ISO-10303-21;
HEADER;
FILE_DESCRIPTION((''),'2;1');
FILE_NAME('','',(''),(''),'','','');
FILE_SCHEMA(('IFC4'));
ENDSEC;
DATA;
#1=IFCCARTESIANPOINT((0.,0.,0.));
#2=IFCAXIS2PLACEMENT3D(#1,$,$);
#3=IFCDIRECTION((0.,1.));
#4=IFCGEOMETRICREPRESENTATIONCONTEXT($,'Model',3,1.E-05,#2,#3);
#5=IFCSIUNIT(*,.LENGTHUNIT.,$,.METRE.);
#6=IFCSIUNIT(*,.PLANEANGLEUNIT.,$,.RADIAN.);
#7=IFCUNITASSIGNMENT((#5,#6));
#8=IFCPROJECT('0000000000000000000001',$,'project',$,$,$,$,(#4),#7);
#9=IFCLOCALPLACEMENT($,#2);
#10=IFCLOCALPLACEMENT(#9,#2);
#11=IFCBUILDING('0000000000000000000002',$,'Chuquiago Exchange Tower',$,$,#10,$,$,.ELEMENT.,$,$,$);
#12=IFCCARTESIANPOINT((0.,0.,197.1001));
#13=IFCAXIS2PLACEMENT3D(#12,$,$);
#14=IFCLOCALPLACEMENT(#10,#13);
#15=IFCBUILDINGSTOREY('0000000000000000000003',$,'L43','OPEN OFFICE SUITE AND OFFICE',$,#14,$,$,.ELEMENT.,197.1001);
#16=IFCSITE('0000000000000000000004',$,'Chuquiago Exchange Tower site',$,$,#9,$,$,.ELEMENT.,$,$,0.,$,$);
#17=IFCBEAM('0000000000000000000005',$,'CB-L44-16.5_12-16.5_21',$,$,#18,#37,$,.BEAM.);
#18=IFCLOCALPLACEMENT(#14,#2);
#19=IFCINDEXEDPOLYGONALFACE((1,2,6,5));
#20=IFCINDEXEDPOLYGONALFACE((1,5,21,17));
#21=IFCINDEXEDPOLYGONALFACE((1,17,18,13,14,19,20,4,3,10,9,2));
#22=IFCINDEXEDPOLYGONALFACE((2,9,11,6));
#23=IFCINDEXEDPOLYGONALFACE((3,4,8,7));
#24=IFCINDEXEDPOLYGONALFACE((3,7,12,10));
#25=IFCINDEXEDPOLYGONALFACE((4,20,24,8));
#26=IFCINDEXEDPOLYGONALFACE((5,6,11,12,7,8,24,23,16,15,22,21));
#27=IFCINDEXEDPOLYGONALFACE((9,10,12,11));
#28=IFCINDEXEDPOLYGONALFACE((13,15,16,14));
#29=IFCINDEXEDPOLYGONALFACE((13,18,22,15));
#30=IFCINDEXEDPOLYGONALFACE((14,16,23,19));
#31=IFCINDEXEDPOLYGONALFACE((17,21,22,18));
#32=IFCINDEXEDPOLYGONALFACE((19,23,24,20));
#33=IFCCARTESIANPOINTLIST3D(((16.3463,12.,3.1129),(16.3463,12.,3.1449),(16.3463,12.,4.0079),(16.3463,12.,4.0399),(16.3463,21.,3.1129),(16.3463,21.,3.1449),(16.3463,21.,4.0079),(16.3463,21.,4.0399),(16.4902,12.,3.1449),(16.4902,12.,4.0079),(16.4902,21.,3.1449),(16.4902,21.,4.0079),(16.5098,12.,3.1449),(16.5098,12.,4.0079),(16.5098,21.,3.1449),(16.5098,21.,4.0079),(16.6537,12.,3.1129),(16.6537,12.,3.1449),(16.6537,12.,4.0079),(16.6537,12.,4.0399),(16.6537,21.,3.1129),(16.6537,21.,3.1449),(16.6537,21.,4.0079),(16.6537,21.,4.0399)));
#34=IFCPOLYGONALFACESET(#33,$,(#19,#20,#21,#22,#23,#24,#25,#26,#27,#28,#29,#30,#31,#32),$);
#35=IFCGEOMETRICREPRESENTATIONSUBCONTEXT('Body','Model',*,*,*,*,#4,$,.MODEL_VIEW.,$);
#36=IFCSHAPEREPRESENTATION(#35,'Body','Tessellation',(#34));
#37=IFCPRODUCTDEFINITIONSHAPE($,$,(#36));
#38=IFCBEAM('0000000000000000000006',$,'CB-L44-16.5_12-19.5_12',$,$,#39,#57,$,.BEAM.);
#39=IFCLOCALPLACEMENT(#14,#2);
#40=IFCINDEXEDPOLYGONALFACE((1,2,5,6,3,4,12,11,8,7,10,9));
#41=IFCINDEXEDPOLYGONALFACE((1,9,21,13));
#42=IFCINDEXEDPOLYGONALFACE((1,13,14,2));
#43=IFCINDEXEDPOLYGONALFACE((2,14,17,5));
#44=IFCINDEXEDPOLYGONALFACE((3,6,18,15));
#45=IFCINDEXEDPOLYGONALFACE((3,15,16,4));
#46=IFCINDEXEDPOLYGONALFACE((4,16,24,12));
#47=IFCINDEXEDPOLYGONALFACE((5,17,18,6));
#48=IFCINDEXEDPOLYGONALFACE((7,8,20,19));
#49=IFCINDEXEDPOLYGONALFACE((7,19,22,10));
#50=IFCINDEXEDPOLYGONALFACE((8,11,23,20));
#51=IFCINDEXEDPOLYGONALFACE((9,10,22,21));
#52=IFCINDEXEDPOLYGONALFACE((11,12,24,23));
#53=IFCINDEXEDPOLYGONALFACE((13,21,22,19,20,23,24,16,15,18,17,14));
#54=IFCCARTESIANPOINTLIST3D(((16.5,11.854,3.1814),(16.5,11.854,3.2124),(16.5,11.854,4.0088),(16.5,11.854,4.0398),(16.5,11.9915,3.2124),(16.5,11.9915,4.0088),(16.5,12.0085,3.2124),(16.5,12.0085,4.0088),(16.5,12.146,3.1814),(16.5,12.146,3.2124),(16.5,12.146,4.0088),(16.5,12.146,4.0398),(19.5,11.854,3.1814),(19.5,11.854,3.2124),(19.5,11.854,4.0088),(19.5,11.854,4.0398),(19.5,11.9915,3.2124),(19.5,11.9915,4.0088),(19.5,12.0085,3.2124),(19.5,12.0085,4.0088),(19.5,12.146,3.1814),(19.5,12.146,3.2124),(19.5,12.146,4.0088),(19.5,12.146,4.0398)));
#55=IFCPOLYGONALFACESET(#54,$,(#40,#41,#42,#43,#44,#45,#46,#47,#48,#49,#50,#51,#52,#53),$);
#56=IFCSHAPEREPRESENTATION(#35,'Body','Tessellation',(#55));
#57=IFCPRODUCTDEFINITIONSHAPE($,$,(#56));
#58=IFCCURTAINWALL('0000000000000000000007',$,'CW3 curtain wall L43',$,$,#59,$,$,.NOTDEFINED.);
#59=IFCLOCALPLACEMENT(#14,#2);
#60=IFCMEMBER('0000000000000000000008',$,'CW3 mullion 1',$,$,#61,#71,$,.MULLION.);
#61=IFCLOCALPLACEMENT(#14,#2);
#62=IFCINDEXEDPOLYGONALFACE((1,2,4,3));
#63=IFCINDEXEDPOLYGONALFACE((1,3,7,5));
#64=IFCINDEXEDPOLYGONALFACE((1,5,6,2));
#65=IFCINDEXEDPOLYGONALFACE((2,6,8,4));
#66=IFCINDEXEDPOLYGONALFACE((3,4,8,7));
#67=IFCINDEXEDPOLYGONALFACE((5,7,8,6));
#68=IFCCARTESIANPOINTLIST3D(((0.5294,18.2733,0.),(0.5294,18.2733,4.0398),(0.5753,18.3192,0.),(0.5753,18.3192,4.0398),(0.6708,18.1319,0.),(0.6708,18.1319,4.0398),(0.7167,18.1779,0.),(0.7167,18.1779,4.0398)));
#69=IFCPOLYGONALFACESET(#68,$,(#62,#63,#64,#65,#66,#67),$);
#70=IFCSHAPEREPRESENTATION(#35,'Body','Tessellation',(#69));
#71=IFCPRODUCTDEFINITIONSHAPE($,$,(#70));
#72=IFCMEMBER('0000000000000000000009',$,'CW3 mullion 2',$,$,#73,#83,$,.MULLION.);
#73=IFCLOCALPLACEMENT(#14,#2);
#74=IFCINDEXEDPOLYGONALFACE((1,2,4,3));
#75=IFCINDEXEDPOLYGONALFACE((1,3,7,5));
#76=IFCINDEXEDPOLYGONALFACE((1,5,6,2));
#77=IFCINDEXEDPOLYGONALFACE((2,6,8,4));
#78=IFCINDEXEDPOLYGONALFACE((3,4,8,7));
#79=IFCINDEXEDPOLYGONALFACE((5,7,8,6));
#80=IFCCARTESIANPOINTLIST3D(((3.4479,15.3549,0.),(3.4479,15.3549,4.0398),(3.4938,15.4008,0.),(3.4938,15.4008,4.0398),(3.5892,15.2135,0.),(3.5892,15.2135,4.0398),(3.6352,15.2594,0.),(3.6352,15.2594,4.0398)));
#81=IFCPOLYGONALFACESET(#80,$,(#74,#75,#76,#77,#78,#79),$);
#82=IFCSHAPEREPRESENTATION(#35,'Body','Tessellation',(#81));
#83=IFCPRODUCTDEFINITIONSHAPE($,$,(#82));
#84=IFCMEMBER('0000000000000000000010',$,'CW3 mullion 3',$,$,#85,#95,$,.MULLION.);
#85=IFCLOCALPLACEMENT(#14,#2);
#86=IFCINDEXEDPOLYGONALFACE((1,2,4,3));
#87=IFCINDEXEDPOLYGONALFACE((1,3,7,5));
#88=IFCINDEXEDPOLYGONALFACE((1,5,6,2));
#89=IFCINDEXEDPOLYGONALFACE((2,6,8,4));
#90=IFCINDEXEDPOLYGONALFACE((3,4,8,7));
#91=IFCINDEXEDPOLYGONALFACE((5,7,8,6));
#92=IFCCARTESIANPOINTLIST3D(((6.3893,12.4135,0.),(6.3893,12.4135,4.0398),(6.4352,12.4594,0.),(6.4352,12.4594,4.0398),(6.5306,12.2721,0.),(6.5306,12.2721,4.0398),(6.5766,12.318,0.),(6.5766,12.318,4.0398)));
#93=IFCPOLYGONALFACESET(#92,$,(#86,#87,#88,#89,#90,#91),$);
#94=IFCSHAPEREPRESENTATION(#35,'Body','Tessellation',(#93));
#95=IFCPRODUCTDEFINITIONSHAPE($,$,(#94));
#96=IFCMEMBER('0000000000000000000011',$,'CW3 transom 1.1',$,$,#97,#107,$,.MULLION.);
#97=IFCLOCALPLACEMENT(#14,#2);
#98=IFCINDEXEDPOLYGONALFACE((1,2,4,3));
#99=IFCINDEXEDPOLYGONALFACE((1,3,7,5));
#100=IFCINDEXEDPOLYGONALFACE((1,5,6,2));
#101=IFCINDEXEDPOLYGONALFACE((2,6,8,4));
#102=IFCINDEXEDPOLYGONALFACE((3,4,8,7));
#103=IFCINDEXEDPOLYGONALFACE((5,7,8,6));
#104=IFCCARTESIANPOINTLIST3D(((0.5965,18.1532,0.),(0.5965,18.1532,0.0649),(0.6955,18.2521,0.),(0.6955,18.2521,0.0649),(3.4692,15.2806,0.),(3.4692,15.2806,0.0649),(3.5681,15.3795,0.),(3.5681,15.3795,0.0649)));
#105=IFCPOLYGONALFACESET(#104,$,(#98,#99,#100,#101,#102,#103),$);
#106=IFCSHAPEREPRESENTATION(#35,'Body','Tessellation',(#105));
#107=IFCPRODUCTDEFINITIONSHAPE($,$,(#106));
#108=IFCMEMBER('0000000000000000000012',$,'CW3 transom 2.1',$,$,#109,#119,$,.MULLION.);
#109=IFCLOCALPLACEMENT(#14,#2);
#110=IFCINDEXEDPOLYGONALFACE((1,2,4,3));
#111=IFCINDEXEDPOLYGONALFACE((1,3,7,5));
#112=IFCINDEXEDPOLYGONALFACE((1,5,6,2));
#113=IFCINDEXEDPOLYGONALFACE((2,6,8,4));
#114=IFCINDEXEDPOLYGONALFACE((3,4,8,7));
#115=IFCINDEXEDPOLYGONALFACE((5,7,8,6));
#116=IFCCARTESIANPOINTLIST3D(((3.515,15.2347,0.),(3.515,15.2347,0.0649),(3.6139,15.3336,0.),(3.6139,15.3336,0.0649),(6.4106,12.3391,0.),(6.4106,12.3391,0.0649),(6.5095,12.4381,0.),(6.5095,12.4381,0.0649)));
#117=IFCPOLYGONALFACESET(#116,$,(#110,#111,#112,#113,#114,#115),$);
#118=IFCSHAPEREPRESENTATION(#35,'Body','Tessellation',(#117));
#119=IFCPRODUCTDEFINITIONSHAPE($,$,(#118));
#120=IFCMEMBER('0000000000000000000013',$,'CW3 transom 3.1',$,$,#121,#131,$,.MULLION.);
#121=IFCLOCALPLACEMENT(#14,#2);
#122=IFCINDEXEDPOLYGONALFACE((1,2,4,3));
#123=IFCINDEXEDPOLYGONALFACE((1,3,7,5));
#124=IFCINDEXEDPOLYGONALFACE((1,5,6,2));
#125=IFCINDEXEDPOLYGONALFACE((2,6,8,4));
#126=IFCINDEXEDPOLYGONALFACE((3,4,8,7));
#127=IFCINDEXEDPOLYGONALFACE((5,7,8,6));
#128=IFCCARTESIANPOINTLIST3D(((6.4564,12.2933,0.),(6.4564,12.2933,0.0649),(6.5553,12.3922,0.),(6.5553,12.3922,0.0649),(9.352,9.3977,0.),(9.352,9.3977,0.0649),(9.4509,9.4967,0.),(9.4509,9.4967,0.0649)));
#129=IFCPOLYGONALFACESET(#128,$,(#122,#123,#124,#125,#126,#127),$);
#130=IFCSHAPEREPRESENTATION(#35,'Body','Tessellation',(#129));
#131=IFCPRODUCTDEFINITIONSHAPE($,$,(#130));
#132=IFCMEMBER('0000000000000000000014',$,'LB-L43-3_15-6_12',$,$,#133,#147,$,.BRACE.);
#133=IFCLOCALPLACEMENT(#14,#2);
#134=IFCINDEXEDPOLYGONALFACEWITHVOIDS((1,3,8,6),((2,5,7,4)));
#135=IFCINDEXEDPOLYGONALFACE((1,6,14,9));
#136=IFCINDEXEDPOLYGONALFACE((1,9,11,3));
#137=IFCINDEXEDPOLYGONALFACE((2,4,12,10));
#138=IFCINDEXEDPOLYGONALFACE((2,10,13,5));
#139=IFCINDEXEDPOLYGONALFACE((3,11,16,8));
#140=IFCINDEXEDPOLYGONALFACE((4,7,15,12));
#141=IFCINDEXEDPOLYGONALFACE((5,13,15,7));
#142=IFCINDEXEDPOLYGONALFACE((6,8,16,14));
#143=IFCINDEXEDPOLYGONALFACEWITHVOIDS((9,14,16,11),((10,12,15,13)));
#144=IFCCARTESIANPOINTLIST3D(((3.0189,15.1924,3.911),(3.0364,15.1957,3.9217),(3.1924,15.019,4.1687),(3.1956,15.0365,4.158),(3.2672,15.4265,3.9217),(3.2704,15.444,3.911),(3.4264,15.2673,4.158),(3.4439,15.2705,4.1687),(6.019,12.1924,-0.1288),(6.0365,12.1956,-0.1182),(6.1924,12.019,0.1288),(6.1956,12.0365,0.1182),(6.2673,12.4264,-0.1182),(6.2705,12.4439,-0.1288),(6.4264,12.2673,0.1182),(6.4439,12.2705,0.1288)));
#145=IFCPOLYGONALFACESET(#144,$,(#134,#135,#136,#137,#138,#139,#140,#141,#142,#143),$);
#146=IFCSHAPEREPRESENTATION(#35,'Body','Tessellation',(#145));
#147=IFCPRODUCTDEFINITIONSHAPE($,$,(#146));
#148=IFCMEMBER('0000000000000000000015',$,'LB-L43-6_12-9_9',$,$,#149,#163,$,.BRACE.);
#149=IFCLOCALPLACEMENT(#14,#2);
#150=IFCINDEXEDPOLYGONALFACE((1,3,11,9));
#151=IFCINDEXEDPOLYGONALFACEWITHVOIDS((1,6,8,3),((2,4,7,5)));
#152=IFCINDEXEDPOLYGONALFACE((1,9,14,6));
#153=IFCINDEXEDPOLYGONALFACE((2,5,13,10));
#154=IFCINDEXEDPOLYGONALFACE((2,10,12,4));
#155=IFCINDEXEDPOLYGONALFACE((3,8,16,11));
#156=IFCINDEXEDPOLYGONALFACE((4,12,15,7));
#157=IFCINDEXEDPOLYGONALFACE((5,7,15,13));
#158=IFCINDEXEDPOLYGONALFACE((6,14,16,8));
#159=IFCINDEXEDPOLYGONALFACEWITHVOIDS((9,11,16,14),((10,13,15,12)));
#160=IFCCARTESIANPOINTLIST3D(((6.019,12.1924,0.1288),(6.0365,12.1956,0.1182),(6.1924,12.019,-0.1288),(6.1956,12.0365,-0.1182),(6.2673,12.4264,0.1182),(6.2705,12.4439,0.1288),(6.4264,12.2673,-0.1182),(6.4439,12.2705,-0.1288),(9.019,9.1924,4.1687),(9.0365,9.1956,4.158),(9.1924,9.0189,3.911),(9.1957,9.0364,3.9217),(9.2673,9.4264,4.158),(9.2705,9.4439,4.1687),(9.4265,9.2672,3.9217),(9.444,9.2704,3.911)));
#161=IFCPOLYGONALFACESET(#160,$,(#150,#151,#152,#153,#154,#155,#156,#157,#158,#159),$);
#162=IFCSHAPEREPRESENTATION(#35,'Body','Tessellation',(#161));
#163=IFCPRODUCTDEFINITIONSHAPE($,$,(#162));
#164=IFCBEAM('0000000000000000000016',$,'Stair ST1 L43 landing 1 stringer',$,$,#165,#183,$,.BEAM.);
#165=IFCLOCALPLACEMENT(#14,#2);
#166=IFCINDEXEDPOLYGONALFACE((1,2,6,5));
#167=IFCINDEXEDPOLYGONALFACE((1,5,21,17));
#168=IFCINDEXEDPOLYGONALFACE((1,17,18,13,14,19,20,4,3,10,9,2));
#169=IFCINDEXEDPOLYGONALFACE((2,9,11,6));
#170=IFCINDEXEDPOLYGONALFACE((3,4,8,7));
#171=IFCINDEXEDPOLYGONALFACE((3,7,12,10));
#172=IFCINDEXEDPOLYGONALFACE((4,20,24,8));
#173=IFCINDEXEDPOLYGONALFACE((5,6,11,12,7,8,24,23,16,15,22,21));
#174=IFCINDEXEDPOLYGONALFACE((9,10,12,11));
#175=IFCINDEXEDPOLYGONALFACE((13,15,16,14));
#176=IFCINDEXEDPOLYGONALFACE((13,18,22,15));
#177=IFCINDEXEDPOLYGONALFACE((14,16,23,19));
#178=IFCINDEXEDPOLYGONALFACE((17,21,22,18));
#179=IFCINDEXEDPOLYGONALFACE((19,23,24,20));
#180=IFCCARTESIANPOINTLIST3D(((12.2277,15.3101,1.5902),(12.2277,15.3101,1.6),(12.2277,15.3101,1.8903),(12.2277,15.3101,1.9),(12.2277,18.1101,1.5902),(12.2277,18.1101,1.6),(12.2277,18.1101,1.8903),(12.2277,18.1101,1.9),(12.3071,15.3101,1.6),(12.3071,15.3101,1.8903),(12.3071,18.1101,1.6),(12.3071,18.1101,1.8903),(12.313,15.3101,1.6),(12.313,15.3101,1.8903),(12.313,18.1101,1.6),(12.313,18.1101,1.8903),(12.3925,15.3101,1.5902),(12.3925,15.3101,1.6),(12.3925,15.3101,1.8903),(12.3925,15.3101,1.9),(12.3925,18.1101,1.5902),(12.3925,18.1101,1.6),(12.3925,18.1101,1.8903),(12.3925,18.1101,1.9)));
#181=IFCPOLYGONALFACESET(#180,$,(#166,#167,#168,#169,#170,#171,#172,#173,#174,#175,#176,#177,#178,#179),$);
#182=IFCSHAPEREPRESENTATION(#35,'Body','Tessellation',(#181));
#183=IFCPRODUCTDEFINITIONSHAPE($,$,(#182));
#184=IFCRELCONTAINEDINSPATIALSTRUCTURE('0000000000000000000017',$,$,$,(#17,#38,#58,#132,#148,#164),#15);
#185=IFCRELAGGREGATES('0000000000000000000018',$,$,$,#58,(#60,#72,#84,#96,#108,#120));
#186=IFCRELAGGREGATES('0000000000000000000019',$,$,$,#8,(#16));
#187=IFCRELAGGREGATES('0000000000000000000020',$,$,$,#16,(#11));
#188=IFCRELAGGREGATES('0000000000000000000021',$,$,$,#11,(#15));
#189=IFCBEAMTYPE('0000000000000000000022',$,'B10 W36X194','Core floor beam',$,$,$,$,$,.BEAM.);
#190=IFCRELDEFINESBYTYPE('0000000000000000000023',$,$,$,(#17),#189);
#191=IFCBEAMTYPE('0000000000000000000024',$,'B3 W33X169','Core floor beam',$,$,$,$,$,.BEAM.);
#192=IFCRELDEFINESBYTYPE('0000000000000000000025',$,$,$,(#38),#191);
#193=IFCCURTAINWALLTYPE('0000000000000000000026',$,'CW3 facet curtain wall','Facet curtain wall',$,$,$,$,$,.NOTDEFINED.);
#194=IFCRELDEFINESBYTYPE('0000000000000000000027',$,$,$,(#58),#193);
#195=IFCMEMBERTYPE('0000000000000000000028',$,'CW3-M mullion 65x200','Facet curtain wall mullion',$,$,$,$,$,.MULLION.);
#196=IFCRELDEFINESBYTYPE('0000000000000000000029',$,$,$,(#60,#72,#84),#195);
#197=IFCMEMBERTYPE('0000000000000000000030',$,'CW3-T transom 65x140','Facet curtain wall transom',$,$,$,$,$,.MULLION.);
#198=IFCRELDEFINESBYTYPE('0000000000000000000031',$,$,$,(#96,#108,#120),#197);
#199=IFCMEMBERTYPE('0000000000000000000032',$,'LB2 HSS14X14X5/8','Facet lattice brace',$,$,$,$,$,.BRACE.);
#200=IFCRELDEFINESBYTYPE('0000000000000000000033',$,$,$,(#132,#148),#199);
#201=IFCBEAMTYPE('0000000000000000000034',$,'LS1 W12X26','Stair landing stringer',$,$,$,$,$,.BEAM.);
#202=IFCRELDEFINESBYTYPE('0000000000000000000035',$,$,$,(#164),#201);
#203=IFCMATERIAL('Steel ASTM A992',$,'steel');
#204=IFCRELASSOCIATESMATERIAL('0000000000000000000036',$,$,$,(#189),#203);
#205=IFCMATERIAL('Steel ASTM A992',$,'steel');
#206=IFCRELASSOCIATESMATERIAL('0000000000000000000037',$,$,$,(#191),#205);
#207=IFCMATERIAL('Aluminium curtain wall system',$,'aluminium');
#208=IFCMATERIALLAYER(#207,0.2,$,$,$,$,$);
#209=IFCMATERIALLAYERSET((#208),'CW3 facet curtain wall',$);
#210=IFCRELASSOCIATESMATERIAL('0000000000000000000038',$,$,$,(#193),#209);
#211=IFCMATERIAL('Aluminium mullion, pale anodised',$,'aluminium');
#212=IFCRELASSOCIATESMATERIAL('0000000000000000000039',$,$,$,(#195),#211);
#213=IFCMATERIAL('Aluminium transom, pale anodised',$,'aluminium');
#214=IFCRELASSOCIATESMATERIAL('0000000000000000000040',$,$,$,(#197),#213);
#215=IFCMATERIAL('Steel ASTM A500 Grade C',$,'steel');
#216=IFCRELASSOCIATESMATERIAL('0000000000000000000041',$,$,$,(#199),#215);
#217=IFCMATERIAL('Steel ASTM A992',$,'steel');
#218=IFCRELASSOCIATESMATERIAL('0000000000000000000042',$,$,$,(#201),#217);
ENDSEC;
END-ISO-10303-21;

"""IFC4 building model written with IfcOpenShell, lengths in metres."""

from ifc_helpers import new_model, si_unit, direction, frame, origin, origin_2d, place, context, subcontext, project, spatial, rectangle, hollow_rectangle, i_section, extrude, material, layer, layer_set, material_profile, profile_set, type_object, element, aggregate, save


model = new_model("IFC4")

# Units and contexts
model_context = context("Model", 3, precision=1e-05, world=origin(), true_north=direction((0.0, 1.0)))
body_context = subcontext(model_context, "Body", "Model", "MODEL_VIEW")
ifc_project = project(units=[si_unit("LENGTHUNIT", "METRE"), si_unit("PLANEANGLEUNIT", "RADIAN")], contexts=[model_context])

# Site, building, storey
site_placement = place(None, origin())
site = spatial("IfcSite", under=ifc_project, at=site_placement, Name="Chuquiago Exchange Tower site", CompositionType="ELEMENT", RefElevation=0.0)
building_placement = place(site_placement, origin())
building = spatial("IfcBuilding", under=site, at=building_placement, Name="Chuquiago Exchange Tower", CompositionType="ELEMENT")
storey_placement = place(building_placement, frame((0.0, 0.0, 197.1001)))
storey = spatial("IfcBuildingStorey", under=building, at=storey_placement, Name="L43", Description="OPEN OFFICE SUITE AND OFFICE", CompositionType="ELEMENT", Elevation=197.1001)

# Beams
ifc_material_1 = material(Name="Steel ASTM A992", Category="steel")
ifc_material_profile_1 = material_profile(ifc_material_1, i_section(OverallWidth=0.3074, OverallDepth=0.927, WebThickness=0.0195, FlangeThickness=0.032, at=origin_2d()), Name="W36X194")
ifc_profile_set_1 = profile_set([ifc_material_profile_1], Name="Steel ASTM A992")
beam_type_1 = type_object("IfcBeamType", Name="B10 W36X194", Description="Core floor beam", PredefinedType="BEAM", material=ifc_profile_set_1)
beam_1_placement = place(storey_placement, frame((16.5, 12.0, 3.5764), z_axis=(0.0, 1.0, 0.0), x_axis=(-1.0, 0.0, 0.0)))
element("IfcBeam", 1, at=beam_1_placement, inside=storey, type_object=beam_type_1, Name="CB-L44-16.5_12-16.5_21", PredefinedType="BEAM", context=body_context, shape_type="SweptSolid", body=[
    extrude(i_section(OverallWidth=0.3074, OverallDepth=0.927, WebThickness=0.0195, FlangeThickness=0.032, at=origin_2d()), origin(), (0.0, 0.0, 1.0), 9.0),
])
ifc_material_2 = material(Name="Steel ASTM A992", Category="steel")
ifc_material_profile_2 = material_profile(ifc_material_2, i_section(OverallWidth=0.292, OverallDepth=0.8584, WebThickness=0.0171, FlangeThickness=0.031, at=origin_2d()), Name="W33X169")
ifc_profile_set_2 = profile_set([ifc_material_profile_2], Name="Steel ASTM A992")
beam_type_2 = type_object("IfcBeamType", Name="B3 W33X169", Description="Core floor beam", PredefinedType="BEAM", material=ifc_profile_set_2)
beam_2_placement = place(storey_placement, frame((16.5, 12.0, 3.6106), z_axis=(1.0, 0.0, 0.0), x_axis=(0.0, 1.0, 0.0)))
element("IfcBeam", 2, at=beam_2_placement, inside=storey, type_object=beam_type_2, Name="CB-L44-16.5_12-19.5_12", PredefinedType="BEAM", context=body_context, shape_type="SweptSolid", body=[
    extrude(i_section(OverallWidth=0.292, OverallDepth=0.8584, WebThickness=0.0171, FlangeThickness=0.031, at=origin_2d()), origin(), (0.0, 0.0, 1.0), 3.0),
])

# Curtain wall, members
ifc_material_3 = material(Name="Aluminium curtain wall system", Category="aluminium")
ifc_layer_1 = layer(ifc_material_3, 0.2)
ifc_layer_set_1 = layer_set([ifc_layer_1], Name="CW3 facet curtain wall")
curtain_wall_type = type_object("IfcCurtainWallType", Name="CW3 facet curtain wall", Description="Facet curtain wall", PredefinedType="NOTDEFINED", material=ifc_layer_set_1)
curtain_wall_placement = place(storey_placement, origin())
curtain_wall = element("IfcCurtainWall", 3, at=curtain_wall_placement, inside=storey, type_object=curtain_wall_type, Name="CW3 curtain wall L43", PredefinedType="NOTDEFINED")
ifc_material_4 = material(Name="Aluminium mullion, pale anodised", Category="aluminium")
ifc_material_profile_3 = material_profile(ifc_material_4, rectangle(XDim=0.0649, YDim=0.2, at=origin_2d()), Name="AL 65x200")
ifc_profile_set_3 = profile_set([ifc_material_profile_3], Name="Aluminium mullion, pale anodised")
member_type_1 = type_object("IfcMemberType", Name="CW3-M mullion 65x200", Description="Facet curtain wall mullion", PredefinedType="MULLION", material=ifc_profile_set_3)
member_1_placement = place(storey_placement, frame((0.623, 18.2256, 0.0), z_axis=(0.0, 0.0, 1.0), x_axis=(0.707107, 0.707107, 0.0)))
member_1 = element("IfcMember", 4, at=member_1_placement, type_object=member_type_1, Name="CW3 mullion 1", PredefinedType="MULLION", context=body_context, shape_type="SweptSolid", body=[
    extrude(rectangle(XDim=0.0649, YDim=0.2, at=origin_2d()), origin(), (0.0, 0.0, 1.0), 4.0398),
])
member_2_placement = place(storey_placement, frame((3.5415, 15.3071, 0.0), z_axis=(0.0, 0.0, 1.0), x_axis=(0.707107, 0.707107, 0.0)))
member_2 = element("IfcMember", 5, at=member_2_placement, type_object=member_type_1, Name="CW3 mullion 2", PredefinedType="MULLION", context=body_context, shape_type="SweptSolid", body=[
    extrude(rectangle(XDim=0.0649, YDim=0.2, at=origin_2d()), origin(), (0.0, 0.0, 1.0), 4.0398),
])
member_3_placement = place(storey_placement, frame((6.4829, 12.3657, 0.0), z_axis=(0.0, 0.0, 1.0), x_axis=(0.707107, 0.707107, 0.0)))
member_3 = element("IfcMember", 6, at=member_3_placement, type_object=member_type_1, Name="CW3 mullion 3", PredefinedType="MULLION", context=body_context, shape_type="SweptSolid", body=[
    extrude(rectangle(XDim=0.0649, YDim=0.2, at=origin_2d()), origin(), (0.0, 0.0, 1.0), 4.0398),
])
ifc_material_5 = material(Name="Aluminium transom, pale anodised", Category="aluminium")
ifc_material_profile_4 = material_profile(ifc_material_5, rectangle(XDim=0.1399, YDim=0.0649, at=origin_2d()), Name="AL 140x65")
ifc_profile_set_4 = profile_set([ifc_material_profile_4], Name="Aluminium transom, pale anodised")
member_type_2 = type_object("IfcMemberType", Name="CW3-T transom 65x140", Description="Facet curtain wall transom", PredefinedType="MULLION", material=ifc_profile_set_4)
member_4_placement = place(storey_placement, frame((0.646, 18.2026, 0.0325), z_axis=(0.707107, -0.707107, 0.0), x_axis=(0.707107, 0.707107, 0.0)))
member_4 = element("IfcMember", 7, at=member_4_placement, type_object=member_type_2, Name="CW3 transom 1.1", PredefinedType="MULLION", context=body_context, shape_type="SweptSolid", body=[
    extrude(rectangle(XDim=0.1399, YDim=0.0649, at=origin_2d()), origin(), (0.0, 0.0, 1.0), 4.0625),
])
member_5_placement = place(storey_placement, frame((3.5645, 15.2842, 0.0325), z_axis=(0.707107, -0.707107, 0.0), x_axis=(0.707107, 0.707107, 0.0)))
member_5 = element("IfcMember", 8, at=member_5_placement, type_object=member_type_2, Name="CW3 transom 2.1", PredefinedType="MULLION", context=body_context, shape_type="SweptSolid", body=[
    extrude(rectangle(XDim=0.1399, YDim=0.0649, at=origin_2d()), origin(), (0.0, 0.0, 1.0), 4.095),
])
member_6_placement = place(storey_placement, frame((6.5059, 12.3428, 0.0325), z_axis=(0.707107, -0.707107, 0.0), x_axis=(0.707107, 0.707107, 0.0)))
member_6 = element("IfcMember", 9, at=member_6_placement, type_object=member_type_2, Name="CW3 transom 3.1", PredefinedType="MULLION", context=body_context, shape_type="SweptSolid", body=[
    extrude(rectangle(XDim=0.1399, YDim=0.0649, at=origin_2d()), origin(), (0.0, 0.0, 1.0), 4.095),
])

# Members
ifc_material_6 = material(Name="Steel ASTM A500 Grade C", Category="steel")
ifc_material_profile_5 = material_profile(ifc_material_6, hollow_rectangle(XDim=0.3557, YDim=0.3557, WallThickness=0.0146, at=origin_2d()), Name="HSS14X14X5/8")
ifc_profile_set_5 = profile_set([ifc_material_profile_5], Name="Steel ASTM A500 Grade C")
member_type_3 = type_object("IfcMemberType", Name="LB2 HSS14X14X5/8", Description="Facet lattice brace", PredefinedType="BRACE", material=ifc_profile_set_5)
for number, where, z_axis, x_axis, name in (
    (10, (6.2314, 12.2314, 0.0), (-0.512092, 0.512092, 0.689582), (-0.707107, -0.707107, 0.0), "LB-L43-3_15-6_12"),
    (11, (6.2314, 12.2314, 0.0), (0.512092, -0.512092, 0.689582), (0.707107, 0.707107, 0.0), "LB-L43-6_12-9_9"),
):
    element("IfcMember", number, at=place(storey_placement, frame(where, z_axis=z_axis, x_axis=x_axis)), inside=storey, type_object=member_type_3, Name=name, PredefinedType="BRACE", context=body_context, shape_type="SweptSolid", body=[
        extrude(hollow_rectangle(XDim=0.3557, YDim=0.3557, WallThickness=0.0146, at=origin_2d()), origin(), (0.0, 0.0, 1.0), 5.8584),
    ])

# Beam
ifc_material_7 = material(Name="Steel ASTM A992", Category="steel")
ifc_material_profile_6 = material_profile(ifc_material_7, i_section(OverallWidth=0.1648, OverallDepth=0.3098, WebThickness=0.0059, FlangeThickness=0.0098, at=origin_2d()), Name="W12X26")
ifc_profile_set_6 = profile_set([ifc_material_profile_6], Name="Steel ASTM A992")
beam_type_3 = type_object("IfcBeamType", Name="LS1 W12X26", Description="Stair landing stringer", PredefinedType="BEAM", material=ifc_profile_set_6)
for number, where, z_axis, x_axis, name in (
    (12, (12.3101, 15.3101, 1.7451), (0.0, 1.0, 0.0), (-1.0, 0.0, 0.0), "Stair ST1 L43 landing 1 stringer"),
):
    element("IfcBeam", number, at=place(storey_placement, frame(where, z_axis=z_axis, x_axis=x_axis)), inside=storey, type_object=beam_type_3, Name=name, PredefinedType="BEAM", context=body_context, shape_type="SweptSolid", body=[
        extrude(i_section(OverallWidth=0.1648, OverallDepth=0.3098, WebThickness=0.0059, FlangeThickness=0.0098, at=origin_2d()), origin(), (0.0, 0.0, 1.0), 2.8),
    ])

aggregate(curtain_wall, [member_1, member_2, member_3, member_4, member_5, member_6])

save(model, "model.ifc")
